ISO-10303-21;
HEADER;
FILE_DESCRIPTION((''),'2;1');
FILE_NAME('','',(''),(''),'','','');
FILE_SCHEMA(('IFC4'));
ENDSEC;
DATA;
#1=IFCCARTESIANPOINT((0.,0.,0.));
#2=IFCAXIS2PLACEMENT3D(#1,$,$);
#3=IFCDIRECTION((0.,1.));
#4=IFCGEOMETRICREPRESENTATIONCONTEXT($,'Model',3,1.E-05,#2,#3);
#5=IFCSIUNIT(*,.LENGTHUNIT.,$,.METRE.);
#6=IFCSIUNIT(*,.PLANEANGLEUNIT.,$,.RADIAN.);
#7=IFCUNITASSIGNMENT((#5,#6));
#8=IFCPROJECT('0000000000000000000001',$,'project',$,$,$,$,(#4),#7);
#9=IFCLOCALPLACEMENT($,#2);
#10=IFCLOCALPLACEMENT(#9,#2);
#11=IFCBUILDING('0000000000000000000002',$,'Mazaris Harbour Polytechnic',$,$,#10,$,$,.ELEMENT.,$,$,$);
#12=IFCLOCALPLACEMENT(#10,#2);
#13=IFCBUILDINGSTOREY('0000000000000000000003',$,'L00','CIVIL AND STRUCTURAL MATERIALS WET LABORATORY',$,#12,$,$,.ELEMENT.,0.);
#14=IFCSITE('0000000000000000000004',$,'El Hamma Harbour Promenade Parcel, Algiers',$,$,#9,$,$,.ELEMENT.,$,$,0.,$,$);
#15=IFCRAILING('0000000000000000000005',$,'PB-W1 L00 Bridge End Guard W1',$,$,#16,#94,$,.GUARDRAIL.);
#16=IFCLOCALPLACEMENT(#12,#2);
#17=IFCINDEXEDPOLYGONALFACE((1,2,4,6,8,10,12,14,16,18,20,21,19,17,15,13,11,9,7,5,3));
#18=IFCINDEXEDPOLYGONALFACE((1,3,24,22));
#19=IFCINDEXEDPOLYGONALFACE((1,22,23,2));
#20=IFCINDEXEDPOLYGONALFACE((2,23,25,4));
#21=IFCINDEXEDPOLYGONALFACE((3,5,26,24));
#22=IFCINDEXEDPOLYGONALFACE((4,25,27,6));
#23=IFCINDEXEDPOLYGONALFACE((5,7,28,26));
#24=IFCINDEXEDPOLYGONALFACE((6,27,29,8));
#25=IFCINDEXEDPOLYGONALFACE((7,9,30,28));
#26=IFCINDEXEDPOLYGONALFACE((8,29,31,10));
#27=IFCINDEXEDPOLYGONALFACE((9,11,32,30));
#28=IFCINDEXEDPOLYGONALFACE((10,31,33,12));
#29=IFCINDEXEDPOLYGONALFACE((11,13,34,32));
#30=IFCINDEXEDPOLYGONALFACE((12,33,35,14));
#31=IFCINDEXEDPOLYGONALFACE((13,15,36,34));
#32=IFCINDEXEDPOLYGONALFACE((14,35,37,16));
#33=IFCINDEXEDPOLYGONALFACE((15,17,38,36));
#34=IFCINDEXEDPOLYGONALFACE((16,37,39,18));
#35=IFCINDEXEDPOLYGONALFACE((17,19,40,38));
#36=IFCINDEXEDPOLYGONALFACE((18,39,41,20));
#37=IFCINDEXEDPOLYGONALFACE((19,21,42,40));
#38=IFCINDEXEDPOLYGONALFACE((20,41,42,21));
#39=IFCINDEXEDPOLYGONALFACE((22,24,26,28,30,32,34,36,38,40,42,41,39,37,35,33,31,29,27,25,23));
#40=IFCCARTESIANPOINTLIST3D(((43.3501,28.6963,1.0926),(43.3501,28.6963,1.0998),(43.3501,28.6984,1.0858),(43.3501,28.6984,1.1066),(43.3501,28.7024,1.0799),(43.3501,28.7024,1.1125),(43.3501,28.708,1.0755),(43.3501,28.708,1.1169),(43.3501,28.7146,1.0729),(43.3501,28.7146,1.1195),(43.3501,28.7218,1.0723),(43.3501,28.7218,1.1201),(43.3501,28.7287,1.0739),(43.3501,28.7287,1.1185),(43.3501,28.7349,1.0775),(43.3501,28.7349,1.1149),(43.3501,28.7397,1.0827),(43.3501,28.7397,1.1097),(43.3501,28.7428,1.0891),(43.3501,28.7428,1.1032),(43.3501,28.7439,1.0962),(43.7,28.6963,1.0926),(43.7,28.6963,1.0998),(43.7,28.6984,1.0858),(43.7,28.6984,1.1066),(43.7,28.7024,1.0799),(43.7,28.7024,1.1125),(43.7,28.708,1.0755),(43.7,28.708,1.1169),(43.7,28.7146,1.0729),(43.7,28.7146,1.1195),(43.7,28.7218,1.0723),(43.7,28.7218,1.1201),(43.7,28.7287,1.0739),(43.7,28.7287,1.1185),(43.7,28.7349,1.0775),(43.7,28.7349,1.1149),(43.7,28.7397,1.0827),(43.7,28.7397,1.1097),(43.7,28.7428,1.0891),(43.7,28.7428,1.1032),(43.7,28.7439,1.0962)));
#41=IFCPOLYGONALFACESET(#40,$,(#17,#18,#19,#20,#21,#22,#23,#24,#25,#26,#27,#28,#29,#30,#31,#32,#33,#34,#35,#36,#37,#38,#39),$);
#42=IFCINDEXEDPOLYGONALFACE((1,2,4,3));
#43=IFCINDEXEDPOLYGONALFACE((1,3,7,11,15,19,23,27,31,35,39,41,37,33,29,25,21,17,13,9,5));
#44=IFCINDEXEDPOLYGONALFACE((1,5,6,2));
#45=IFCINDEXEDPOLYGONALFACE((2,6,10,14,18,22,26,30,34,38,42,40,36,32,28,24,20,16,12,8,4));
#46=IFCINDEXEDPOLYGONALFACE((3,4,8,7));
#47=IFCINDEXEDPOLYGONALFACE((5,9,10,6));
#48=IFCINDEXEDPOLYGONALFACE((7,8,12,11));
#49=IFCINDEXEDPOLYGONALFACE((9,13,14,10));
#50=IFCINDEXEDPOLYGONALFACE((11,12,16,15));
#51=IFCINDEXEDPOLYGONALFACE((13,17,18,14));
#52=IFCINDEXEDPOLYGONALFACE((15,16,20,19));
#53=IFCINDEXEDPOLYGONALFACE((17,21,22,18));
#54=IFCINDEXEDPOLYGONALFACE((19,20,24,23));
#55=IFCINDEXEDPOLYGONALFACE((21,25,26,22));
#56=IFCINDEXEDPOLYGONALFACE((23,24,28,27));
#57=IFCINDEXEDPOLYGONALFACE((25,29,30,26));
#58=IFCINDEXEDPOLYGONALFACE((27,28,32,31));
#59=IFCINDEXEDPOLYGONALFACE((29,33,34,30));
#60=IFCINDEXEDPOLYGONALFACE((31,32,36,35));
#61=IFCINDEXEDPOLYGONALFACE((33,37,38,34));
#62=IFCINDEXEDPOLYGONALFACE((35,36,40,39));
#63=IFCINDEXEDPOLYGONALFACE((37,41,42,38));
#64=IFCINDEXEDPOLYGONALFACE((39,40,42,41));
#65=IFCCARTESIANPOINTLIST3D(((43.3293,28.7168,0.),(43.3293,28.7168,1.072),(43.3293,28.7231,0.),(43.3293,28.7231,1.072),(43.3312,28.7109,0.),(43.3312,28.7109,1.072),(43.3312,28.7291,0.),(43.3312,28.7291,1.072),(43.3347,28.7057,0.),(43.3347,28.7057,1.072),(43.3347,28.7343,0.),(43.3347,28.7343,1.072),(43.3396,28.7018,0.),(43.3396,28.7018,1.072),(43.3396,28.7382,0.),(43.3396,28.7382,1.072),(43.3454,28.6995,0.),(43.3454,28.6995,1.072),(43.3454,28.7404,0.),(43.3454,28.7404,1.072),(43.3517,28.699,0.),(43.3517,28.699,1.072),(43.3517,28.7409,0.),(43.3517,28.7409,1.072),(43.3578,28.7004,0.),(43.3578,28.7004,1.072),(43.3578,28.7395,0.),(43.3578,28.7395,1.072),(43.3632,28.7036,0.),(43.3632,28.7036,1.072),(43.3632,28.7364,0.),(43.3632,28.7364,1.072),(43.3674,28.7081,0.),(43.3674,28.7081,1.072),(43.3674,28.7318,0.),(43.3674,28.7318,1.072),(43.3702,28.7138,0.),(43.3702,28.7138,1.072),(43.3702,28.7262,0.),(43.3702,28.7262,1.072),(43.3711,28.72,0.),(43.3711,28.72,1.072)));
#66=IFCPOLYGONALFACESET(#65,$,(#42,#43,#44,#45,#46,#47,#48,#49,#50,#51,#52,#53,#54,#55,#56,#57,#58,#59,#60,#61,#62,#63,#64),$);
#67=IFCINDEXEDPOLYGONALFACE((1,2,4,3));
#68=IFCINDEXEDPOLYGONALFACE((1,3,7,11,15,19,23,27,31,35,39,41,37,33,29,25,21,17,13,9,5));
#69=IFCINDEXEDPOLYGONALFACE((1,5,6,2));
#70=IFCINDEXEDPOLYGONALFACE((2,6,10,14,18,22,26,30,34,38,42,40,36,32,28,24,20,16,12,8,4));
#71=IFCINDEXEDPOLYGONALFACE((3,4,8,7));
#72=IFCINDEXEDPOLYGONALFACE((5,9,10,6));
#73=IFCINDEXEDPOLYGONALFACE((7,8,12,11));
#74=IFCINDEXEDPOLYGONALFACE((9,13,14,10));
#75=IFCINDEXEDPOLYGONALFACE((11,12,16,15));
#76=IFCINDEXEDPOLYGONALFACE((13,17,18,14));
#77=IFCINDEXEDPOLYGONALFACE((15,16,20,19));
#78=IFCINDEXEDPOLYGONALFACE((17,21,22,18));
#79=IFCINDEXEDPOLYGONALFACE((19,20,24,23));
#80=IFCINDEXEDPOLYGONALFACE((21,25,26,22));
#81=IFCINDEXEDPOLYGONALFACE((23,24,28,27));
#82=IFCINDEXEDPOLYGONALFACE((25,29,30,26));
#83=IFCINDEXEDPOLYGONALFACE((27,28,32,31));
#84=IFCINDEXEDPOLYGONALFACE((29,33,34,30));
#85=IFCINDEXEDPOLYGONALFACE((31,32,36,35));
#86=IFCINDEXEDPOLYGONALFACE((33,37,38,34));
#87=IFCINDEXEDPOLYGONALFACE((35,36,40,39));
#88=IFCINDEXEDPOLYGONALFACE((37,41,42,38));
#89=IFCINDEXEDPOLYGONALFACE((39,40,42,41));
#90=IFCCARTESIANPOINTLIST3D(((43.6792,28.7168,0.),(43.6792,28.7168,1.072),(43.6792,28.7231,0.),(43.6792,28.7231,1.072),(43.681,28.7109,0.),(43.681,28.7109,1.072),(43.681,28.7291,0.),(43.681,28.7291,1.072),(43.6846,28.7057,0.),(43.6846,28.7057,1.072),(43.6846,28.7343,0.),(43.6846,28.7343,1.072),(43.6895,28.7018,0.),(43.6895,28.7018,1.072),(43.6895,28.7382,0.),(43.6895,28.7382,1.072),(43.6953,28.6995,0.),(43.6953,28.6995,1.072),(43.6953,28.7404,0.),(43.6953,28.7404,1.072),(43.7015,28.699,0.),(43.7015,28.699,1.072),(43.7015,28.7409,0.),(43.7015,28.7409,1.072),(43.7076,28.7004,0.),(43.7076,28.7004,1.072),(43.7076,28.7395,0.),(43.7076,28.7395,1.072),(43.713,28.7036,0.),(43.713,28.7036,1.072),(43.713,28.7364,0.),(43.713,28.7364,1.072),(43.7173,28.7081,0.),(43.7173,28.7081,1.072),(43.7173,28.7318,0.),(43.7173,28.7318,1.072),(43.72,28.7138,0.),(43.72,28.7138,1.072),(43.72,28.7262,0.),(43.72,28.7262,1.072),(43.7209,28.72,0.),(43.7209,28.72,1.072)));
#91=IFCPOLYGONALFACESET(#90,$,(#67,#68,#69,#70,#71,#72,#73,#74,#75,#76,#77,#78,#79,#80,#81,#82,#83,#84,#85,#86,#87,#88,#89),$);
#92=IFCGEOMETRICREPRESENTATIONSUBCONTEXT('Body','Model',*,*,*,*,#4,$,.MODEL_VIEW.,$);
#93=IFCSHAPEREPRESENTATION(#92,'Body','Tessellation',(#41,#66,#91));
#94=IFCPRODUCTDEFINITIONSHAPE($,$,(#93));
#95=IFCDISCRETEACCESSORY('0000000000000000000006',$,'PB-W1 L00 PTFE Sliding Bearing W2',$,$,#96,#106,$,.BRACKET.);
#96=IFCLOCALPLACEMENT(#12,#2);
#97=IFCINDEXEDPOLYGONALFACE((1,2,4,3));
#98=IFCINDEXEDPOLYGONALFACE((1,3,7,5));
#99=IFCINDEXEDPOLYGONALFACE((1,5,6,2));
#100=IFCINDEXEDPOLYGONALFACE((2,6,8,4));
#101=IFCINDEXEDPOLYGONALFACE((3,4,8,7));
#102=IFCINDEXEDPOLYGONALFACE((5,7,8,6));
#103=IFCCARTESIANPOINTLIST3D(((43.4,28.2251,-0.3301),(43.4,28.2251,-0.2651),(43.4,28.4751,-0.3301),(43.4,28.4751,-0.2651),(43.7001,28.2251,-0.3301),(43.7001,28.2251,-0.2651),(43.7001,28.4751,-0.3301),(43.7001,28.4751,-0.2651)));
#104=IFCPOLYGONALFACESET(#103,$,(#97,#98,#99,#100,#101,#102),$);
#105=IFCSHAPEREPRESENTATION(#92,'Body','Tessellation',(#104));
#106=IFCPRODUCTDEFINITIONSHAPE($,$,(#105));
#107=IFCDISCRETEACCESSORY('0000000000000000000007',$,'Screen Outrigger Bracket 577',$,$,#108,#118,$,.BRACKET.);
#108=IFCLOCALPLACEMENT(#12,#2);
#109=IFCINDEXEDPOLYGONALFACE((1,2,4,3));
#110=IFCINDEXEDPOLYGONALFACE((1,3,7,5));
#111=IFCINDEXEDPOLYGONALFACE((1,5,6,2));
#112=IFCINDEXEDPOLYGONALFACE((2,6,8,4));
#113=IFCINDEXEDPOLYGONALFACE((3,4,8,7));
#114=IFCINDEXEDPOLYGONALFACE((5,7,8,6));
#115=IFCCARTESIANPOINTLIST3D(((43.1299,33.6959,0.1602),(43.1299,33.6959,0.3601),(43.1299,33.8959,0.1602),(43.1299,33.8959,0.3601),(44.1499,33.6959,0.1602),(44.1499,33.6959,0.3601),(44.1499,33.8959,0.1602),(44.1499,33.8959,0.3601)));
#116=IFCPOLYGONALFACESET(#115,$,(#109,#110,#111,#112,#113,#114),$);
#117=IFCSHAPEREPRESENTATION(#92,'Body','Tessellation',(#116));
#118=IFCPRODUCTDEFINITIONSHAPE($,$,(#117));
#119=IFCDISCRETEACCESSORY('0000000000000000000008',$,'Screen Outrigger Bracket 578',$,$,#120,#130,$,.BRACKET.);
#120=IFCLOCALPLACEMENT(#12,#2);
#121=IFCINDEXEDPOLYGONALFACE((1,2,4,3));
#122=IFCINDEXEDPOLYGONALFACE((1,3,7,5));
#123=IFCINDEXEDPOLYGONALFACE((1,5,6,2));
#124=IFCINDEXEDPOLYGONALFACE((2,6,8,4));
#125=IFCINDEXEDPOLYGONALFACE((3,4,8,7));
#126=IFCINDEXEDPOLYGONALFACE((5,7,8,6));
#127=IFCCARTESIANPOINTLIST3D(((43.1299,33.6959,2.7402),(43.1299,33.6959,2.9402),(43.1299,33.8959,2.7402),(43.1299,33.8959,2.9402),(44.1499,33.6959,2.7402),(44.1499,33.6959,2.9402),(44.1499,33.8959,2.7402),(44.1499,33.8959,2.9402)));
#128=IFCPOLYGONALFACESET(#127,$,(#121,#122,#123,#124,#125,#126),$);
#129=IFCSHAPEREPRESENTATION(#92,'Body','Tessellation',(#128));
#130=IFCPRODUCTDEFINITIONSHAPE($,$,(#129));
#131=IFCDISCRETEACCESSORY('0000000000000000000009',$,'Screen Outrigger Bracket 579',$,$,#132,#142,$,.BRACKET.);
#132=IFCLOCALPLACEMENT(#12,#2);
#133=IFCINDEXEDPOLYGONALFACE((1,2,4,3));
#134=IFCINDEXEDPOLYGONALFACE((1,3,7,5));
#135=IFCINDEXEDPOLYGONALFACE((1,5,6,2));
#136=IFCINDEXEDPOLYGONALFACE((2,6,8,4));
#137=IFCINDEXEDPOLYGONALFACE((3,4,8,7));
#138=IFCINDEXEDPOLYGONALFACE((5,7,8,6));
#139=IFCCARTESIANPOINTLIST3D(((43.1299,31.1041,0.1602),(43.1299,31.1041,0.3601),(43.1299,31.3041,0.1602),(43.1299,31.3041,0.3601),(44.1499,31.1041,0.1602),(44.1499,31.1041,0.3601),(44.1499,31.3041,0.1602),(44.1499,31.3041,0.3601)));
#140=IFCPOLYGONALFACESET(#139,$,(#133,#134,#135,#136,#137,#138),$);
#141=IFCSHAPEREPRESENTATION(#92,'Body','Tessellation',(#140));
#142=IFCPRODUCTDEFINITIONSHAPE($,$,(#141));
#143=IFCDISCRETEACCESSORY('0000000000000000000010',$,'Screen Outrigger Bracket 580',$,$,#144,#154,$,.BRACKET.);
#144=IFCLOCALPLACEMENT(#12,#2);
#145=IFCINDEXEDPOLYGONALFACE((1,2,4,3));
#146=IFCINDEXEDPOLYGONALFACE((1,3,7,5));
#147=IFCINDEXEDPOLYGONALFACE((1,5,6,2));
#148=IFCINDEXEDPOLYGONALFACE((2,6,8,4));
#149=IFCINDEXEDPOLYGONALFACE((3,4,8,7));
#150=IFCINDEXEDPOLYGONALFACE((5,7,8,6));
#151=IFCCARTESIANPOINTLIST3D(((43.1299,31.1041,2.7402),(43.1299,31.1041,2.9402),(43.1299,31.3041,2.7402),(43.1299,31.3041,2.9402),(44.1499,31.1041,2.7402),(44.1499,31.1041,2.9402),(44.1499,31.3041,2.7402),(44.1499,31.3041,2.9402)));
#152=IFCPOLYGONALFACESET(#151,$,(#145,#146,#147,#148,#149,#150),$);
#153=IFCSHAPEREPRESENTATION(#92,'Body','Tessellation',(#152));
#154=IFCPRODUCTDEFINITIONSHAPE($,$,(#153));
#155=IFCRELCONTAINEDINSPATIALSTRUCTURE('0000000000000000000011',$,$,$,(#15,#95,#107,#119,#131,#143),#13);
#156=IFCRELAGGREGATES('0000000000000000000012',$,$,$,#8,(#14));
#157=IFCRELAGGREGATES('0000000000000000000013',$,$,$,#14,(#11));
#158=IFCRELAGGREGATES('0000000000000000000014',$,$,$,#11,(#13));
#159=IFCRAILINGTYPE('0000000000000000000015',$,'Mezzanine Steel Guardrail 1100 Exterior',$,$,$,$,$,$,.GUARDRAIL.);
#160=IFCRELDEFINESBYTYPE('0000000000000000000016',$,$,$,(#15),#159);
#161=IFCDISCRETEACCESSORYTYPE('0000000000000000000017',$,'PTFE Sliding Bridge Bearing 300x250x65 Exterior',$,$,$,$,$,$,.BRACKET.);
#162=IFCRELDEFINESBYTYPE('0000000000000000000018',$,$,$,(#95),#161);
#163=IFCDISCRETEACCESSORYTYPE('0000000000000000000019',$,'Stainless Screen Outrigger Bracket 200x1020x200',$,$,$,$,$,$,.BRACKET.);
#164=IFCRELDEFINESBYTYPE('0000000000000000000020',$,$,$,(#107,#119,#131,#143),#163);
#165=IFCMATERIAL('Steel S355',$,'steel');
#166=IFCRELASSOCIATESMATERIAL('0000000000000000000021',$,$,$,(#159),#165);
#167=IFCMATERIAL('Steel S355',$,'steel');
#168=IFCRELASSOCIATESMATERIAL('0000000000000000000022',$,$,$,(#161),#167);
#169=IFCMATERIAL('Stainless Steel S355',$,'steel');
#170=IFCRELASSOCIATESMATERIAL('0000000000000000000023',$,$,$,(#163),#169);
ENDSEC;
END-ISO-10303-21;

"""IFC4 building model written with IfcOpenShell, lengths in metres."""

from ifc_helpers import new_model, si_unit, direction, frame, origin, origin_2d, place, context, subcontext, project, spatial, rectangle, circle, extrude, material, type_object, element, save


model = new_model("IFC4")

# Units and contexts
model_context = context("Model", 3, precision=1e-05, world=origin(), true_north=direction((0.0, 1.0)))
body_context = subcontext(model_context, "Body", "Model", "MODEL_VIEW")
ifc_project = project(units=[si_unit("LENGTHUNIT", "METRE"), si_unit("PLANEANGLEUNIT", "RADIAN")], contexts=[model_context])

# Site, building, storey
site_placement = place(None, origin())
site = spatial("IfcSite", under=ifc_project, at=site_placement, Name="El Hamma Harbour Promenade Parcel, Algiers", CompositionType="ELEMENT", RefElevation=0.0)
building_placement = place(site_placement, origin())
building = spatial("IfcBuilding", under=site, at=building_placement, Name="Mazaris Harbour Polytechnic", CompositionType="ELEMENT")
storey_placement = place(building_placement, origin())
storey = spatial("IfcBuildingStorey", under=building, at=storey_placement, Name="L00", Description="CIVIL AND STRUCTURAL MATERIALS WET LABORATORY", CompositionType="ELEMENT", Elevation=0.0)

# Railing
ifc_material_1 = material(Name="Steel S355", Category="steel")
railing_type_1 = type_object("IfcRailingType", Name="Mezzanine Steel Guardrail 1100 Exterior", PredefinedType="GUARDRAIL", material=ifc_material_1)
railing_placement = place(storey_placement, frame((43.3501, 28.72, 0.0)))
element("IfcRailing", 1, at=railing_placement, inside=storey, type_object=railing_type_1, Name="PB-W1 L00 Bridge End Guard W1", PredefinedType="GUARDRAIL", context=body_context, shape_type="SweptSolid", body=[
    extrude(circle(Radius=0.0239, at=origin_2d()), frame((0.0, 0.0, 1.0962), z_axis=(1.0, 0.0, 0.0), x_axis=(0.0, 1.0, 0.0)), (0.0, 0.0, 1.0), 0.3499),
    extrude(circle(Radius=0.021, at=origin_2d()), origin(), (0.0, 0.0, 1.0), 1.072),
    extrude(circle(Radius=0.021, at=origin_2d()), frame((0.3499, 0.0, 0.0)), (0.0, 0.0, 1.0), 1.072),
])

# Discrete accessories
ifc_material_2 = material(Name="Steel S355", Category="steel")
discrete_accessory_type_1 = type_object("IfcDiscreteAccessoryType", Name="PTFE Sliding Bridge Bearing 300x250x65 Exterior", PredefinedType="BRACKET", material=ifc_material_2)
discrete_accessory_placement = place(storey_placement, frame((43.55, 28.3501, -0.3301), z_axis=(0.0, 0.0, 1.0), x_axis=(1.0, 0.0, 0.0)))
element("IfcDiscreteAccessory", 2, at=discrete_accessory_placement, inside=storey, type_object=discrete_accessory_type_1, Name="PB-W1 L00 PTFE Sliding Bearing W2", PredefinedType="BRACKET", context=body_context, shape_type="SweptSolid", body=[
    extrude(rectangle(XDim=0.3, YDim=0.25, at=origin_2d()), origin(), (0.0, 0.0, 1.0), 0.0649),
])
ifc_material_3 = material(Name="Stainless Steel S355", Category="steel")
discrete_accessory_type_2 = type_object("IfcDiscreteAccessoryType", Name="Stainless Screen Outrigger Bracket 200x1020x200", PredefinedType="BRACKET", material=ifc_material_3)
for number, where, z_axis, x_axis, name in (
    (3, (43.6399, 33.7959, 0.1602), (0.0, 0.0, 1.0), (0.0, -1.0, 0.0), "Screen Outrigger Bracket 577"),
    (4, (43.6399, 33.7959, 2.7402), (0.0, 0.0, 1.0), (0.0, -1.0, 0.0), "Screen Outrigger Bracket 578"),
    (5, (43.6399, 31.2041, 0.1602), (0.0, 0.0, 1.0), (0.0, -1.0, 0.0), "Screen Outrigger Bracket 579"),
    (6, (43.6399, 31.2041, 2.7402), (0.0, 0.0, 1.0), (0.0, -1.0, 0.0), "Screen Outrigger Bracket 580"),
):
    element("IfcDiscreteAccessory", number, at=place(storey_placement, frame(where, z_axis=z_axis, x_axis=x_axis)), inside=storey, type_object=discrete_accessory_type_2, Name=name, PredefinedType="BRACKET", context=body_context, shape_type="SweptSolid", body=[
        extrude(rectangle(XDim=0.2, YDim=1.02, at=origin_2d()), origin(), (0.0, 0.0, 1.0), 0.2),
    ])

save(model, "model.ifc")
